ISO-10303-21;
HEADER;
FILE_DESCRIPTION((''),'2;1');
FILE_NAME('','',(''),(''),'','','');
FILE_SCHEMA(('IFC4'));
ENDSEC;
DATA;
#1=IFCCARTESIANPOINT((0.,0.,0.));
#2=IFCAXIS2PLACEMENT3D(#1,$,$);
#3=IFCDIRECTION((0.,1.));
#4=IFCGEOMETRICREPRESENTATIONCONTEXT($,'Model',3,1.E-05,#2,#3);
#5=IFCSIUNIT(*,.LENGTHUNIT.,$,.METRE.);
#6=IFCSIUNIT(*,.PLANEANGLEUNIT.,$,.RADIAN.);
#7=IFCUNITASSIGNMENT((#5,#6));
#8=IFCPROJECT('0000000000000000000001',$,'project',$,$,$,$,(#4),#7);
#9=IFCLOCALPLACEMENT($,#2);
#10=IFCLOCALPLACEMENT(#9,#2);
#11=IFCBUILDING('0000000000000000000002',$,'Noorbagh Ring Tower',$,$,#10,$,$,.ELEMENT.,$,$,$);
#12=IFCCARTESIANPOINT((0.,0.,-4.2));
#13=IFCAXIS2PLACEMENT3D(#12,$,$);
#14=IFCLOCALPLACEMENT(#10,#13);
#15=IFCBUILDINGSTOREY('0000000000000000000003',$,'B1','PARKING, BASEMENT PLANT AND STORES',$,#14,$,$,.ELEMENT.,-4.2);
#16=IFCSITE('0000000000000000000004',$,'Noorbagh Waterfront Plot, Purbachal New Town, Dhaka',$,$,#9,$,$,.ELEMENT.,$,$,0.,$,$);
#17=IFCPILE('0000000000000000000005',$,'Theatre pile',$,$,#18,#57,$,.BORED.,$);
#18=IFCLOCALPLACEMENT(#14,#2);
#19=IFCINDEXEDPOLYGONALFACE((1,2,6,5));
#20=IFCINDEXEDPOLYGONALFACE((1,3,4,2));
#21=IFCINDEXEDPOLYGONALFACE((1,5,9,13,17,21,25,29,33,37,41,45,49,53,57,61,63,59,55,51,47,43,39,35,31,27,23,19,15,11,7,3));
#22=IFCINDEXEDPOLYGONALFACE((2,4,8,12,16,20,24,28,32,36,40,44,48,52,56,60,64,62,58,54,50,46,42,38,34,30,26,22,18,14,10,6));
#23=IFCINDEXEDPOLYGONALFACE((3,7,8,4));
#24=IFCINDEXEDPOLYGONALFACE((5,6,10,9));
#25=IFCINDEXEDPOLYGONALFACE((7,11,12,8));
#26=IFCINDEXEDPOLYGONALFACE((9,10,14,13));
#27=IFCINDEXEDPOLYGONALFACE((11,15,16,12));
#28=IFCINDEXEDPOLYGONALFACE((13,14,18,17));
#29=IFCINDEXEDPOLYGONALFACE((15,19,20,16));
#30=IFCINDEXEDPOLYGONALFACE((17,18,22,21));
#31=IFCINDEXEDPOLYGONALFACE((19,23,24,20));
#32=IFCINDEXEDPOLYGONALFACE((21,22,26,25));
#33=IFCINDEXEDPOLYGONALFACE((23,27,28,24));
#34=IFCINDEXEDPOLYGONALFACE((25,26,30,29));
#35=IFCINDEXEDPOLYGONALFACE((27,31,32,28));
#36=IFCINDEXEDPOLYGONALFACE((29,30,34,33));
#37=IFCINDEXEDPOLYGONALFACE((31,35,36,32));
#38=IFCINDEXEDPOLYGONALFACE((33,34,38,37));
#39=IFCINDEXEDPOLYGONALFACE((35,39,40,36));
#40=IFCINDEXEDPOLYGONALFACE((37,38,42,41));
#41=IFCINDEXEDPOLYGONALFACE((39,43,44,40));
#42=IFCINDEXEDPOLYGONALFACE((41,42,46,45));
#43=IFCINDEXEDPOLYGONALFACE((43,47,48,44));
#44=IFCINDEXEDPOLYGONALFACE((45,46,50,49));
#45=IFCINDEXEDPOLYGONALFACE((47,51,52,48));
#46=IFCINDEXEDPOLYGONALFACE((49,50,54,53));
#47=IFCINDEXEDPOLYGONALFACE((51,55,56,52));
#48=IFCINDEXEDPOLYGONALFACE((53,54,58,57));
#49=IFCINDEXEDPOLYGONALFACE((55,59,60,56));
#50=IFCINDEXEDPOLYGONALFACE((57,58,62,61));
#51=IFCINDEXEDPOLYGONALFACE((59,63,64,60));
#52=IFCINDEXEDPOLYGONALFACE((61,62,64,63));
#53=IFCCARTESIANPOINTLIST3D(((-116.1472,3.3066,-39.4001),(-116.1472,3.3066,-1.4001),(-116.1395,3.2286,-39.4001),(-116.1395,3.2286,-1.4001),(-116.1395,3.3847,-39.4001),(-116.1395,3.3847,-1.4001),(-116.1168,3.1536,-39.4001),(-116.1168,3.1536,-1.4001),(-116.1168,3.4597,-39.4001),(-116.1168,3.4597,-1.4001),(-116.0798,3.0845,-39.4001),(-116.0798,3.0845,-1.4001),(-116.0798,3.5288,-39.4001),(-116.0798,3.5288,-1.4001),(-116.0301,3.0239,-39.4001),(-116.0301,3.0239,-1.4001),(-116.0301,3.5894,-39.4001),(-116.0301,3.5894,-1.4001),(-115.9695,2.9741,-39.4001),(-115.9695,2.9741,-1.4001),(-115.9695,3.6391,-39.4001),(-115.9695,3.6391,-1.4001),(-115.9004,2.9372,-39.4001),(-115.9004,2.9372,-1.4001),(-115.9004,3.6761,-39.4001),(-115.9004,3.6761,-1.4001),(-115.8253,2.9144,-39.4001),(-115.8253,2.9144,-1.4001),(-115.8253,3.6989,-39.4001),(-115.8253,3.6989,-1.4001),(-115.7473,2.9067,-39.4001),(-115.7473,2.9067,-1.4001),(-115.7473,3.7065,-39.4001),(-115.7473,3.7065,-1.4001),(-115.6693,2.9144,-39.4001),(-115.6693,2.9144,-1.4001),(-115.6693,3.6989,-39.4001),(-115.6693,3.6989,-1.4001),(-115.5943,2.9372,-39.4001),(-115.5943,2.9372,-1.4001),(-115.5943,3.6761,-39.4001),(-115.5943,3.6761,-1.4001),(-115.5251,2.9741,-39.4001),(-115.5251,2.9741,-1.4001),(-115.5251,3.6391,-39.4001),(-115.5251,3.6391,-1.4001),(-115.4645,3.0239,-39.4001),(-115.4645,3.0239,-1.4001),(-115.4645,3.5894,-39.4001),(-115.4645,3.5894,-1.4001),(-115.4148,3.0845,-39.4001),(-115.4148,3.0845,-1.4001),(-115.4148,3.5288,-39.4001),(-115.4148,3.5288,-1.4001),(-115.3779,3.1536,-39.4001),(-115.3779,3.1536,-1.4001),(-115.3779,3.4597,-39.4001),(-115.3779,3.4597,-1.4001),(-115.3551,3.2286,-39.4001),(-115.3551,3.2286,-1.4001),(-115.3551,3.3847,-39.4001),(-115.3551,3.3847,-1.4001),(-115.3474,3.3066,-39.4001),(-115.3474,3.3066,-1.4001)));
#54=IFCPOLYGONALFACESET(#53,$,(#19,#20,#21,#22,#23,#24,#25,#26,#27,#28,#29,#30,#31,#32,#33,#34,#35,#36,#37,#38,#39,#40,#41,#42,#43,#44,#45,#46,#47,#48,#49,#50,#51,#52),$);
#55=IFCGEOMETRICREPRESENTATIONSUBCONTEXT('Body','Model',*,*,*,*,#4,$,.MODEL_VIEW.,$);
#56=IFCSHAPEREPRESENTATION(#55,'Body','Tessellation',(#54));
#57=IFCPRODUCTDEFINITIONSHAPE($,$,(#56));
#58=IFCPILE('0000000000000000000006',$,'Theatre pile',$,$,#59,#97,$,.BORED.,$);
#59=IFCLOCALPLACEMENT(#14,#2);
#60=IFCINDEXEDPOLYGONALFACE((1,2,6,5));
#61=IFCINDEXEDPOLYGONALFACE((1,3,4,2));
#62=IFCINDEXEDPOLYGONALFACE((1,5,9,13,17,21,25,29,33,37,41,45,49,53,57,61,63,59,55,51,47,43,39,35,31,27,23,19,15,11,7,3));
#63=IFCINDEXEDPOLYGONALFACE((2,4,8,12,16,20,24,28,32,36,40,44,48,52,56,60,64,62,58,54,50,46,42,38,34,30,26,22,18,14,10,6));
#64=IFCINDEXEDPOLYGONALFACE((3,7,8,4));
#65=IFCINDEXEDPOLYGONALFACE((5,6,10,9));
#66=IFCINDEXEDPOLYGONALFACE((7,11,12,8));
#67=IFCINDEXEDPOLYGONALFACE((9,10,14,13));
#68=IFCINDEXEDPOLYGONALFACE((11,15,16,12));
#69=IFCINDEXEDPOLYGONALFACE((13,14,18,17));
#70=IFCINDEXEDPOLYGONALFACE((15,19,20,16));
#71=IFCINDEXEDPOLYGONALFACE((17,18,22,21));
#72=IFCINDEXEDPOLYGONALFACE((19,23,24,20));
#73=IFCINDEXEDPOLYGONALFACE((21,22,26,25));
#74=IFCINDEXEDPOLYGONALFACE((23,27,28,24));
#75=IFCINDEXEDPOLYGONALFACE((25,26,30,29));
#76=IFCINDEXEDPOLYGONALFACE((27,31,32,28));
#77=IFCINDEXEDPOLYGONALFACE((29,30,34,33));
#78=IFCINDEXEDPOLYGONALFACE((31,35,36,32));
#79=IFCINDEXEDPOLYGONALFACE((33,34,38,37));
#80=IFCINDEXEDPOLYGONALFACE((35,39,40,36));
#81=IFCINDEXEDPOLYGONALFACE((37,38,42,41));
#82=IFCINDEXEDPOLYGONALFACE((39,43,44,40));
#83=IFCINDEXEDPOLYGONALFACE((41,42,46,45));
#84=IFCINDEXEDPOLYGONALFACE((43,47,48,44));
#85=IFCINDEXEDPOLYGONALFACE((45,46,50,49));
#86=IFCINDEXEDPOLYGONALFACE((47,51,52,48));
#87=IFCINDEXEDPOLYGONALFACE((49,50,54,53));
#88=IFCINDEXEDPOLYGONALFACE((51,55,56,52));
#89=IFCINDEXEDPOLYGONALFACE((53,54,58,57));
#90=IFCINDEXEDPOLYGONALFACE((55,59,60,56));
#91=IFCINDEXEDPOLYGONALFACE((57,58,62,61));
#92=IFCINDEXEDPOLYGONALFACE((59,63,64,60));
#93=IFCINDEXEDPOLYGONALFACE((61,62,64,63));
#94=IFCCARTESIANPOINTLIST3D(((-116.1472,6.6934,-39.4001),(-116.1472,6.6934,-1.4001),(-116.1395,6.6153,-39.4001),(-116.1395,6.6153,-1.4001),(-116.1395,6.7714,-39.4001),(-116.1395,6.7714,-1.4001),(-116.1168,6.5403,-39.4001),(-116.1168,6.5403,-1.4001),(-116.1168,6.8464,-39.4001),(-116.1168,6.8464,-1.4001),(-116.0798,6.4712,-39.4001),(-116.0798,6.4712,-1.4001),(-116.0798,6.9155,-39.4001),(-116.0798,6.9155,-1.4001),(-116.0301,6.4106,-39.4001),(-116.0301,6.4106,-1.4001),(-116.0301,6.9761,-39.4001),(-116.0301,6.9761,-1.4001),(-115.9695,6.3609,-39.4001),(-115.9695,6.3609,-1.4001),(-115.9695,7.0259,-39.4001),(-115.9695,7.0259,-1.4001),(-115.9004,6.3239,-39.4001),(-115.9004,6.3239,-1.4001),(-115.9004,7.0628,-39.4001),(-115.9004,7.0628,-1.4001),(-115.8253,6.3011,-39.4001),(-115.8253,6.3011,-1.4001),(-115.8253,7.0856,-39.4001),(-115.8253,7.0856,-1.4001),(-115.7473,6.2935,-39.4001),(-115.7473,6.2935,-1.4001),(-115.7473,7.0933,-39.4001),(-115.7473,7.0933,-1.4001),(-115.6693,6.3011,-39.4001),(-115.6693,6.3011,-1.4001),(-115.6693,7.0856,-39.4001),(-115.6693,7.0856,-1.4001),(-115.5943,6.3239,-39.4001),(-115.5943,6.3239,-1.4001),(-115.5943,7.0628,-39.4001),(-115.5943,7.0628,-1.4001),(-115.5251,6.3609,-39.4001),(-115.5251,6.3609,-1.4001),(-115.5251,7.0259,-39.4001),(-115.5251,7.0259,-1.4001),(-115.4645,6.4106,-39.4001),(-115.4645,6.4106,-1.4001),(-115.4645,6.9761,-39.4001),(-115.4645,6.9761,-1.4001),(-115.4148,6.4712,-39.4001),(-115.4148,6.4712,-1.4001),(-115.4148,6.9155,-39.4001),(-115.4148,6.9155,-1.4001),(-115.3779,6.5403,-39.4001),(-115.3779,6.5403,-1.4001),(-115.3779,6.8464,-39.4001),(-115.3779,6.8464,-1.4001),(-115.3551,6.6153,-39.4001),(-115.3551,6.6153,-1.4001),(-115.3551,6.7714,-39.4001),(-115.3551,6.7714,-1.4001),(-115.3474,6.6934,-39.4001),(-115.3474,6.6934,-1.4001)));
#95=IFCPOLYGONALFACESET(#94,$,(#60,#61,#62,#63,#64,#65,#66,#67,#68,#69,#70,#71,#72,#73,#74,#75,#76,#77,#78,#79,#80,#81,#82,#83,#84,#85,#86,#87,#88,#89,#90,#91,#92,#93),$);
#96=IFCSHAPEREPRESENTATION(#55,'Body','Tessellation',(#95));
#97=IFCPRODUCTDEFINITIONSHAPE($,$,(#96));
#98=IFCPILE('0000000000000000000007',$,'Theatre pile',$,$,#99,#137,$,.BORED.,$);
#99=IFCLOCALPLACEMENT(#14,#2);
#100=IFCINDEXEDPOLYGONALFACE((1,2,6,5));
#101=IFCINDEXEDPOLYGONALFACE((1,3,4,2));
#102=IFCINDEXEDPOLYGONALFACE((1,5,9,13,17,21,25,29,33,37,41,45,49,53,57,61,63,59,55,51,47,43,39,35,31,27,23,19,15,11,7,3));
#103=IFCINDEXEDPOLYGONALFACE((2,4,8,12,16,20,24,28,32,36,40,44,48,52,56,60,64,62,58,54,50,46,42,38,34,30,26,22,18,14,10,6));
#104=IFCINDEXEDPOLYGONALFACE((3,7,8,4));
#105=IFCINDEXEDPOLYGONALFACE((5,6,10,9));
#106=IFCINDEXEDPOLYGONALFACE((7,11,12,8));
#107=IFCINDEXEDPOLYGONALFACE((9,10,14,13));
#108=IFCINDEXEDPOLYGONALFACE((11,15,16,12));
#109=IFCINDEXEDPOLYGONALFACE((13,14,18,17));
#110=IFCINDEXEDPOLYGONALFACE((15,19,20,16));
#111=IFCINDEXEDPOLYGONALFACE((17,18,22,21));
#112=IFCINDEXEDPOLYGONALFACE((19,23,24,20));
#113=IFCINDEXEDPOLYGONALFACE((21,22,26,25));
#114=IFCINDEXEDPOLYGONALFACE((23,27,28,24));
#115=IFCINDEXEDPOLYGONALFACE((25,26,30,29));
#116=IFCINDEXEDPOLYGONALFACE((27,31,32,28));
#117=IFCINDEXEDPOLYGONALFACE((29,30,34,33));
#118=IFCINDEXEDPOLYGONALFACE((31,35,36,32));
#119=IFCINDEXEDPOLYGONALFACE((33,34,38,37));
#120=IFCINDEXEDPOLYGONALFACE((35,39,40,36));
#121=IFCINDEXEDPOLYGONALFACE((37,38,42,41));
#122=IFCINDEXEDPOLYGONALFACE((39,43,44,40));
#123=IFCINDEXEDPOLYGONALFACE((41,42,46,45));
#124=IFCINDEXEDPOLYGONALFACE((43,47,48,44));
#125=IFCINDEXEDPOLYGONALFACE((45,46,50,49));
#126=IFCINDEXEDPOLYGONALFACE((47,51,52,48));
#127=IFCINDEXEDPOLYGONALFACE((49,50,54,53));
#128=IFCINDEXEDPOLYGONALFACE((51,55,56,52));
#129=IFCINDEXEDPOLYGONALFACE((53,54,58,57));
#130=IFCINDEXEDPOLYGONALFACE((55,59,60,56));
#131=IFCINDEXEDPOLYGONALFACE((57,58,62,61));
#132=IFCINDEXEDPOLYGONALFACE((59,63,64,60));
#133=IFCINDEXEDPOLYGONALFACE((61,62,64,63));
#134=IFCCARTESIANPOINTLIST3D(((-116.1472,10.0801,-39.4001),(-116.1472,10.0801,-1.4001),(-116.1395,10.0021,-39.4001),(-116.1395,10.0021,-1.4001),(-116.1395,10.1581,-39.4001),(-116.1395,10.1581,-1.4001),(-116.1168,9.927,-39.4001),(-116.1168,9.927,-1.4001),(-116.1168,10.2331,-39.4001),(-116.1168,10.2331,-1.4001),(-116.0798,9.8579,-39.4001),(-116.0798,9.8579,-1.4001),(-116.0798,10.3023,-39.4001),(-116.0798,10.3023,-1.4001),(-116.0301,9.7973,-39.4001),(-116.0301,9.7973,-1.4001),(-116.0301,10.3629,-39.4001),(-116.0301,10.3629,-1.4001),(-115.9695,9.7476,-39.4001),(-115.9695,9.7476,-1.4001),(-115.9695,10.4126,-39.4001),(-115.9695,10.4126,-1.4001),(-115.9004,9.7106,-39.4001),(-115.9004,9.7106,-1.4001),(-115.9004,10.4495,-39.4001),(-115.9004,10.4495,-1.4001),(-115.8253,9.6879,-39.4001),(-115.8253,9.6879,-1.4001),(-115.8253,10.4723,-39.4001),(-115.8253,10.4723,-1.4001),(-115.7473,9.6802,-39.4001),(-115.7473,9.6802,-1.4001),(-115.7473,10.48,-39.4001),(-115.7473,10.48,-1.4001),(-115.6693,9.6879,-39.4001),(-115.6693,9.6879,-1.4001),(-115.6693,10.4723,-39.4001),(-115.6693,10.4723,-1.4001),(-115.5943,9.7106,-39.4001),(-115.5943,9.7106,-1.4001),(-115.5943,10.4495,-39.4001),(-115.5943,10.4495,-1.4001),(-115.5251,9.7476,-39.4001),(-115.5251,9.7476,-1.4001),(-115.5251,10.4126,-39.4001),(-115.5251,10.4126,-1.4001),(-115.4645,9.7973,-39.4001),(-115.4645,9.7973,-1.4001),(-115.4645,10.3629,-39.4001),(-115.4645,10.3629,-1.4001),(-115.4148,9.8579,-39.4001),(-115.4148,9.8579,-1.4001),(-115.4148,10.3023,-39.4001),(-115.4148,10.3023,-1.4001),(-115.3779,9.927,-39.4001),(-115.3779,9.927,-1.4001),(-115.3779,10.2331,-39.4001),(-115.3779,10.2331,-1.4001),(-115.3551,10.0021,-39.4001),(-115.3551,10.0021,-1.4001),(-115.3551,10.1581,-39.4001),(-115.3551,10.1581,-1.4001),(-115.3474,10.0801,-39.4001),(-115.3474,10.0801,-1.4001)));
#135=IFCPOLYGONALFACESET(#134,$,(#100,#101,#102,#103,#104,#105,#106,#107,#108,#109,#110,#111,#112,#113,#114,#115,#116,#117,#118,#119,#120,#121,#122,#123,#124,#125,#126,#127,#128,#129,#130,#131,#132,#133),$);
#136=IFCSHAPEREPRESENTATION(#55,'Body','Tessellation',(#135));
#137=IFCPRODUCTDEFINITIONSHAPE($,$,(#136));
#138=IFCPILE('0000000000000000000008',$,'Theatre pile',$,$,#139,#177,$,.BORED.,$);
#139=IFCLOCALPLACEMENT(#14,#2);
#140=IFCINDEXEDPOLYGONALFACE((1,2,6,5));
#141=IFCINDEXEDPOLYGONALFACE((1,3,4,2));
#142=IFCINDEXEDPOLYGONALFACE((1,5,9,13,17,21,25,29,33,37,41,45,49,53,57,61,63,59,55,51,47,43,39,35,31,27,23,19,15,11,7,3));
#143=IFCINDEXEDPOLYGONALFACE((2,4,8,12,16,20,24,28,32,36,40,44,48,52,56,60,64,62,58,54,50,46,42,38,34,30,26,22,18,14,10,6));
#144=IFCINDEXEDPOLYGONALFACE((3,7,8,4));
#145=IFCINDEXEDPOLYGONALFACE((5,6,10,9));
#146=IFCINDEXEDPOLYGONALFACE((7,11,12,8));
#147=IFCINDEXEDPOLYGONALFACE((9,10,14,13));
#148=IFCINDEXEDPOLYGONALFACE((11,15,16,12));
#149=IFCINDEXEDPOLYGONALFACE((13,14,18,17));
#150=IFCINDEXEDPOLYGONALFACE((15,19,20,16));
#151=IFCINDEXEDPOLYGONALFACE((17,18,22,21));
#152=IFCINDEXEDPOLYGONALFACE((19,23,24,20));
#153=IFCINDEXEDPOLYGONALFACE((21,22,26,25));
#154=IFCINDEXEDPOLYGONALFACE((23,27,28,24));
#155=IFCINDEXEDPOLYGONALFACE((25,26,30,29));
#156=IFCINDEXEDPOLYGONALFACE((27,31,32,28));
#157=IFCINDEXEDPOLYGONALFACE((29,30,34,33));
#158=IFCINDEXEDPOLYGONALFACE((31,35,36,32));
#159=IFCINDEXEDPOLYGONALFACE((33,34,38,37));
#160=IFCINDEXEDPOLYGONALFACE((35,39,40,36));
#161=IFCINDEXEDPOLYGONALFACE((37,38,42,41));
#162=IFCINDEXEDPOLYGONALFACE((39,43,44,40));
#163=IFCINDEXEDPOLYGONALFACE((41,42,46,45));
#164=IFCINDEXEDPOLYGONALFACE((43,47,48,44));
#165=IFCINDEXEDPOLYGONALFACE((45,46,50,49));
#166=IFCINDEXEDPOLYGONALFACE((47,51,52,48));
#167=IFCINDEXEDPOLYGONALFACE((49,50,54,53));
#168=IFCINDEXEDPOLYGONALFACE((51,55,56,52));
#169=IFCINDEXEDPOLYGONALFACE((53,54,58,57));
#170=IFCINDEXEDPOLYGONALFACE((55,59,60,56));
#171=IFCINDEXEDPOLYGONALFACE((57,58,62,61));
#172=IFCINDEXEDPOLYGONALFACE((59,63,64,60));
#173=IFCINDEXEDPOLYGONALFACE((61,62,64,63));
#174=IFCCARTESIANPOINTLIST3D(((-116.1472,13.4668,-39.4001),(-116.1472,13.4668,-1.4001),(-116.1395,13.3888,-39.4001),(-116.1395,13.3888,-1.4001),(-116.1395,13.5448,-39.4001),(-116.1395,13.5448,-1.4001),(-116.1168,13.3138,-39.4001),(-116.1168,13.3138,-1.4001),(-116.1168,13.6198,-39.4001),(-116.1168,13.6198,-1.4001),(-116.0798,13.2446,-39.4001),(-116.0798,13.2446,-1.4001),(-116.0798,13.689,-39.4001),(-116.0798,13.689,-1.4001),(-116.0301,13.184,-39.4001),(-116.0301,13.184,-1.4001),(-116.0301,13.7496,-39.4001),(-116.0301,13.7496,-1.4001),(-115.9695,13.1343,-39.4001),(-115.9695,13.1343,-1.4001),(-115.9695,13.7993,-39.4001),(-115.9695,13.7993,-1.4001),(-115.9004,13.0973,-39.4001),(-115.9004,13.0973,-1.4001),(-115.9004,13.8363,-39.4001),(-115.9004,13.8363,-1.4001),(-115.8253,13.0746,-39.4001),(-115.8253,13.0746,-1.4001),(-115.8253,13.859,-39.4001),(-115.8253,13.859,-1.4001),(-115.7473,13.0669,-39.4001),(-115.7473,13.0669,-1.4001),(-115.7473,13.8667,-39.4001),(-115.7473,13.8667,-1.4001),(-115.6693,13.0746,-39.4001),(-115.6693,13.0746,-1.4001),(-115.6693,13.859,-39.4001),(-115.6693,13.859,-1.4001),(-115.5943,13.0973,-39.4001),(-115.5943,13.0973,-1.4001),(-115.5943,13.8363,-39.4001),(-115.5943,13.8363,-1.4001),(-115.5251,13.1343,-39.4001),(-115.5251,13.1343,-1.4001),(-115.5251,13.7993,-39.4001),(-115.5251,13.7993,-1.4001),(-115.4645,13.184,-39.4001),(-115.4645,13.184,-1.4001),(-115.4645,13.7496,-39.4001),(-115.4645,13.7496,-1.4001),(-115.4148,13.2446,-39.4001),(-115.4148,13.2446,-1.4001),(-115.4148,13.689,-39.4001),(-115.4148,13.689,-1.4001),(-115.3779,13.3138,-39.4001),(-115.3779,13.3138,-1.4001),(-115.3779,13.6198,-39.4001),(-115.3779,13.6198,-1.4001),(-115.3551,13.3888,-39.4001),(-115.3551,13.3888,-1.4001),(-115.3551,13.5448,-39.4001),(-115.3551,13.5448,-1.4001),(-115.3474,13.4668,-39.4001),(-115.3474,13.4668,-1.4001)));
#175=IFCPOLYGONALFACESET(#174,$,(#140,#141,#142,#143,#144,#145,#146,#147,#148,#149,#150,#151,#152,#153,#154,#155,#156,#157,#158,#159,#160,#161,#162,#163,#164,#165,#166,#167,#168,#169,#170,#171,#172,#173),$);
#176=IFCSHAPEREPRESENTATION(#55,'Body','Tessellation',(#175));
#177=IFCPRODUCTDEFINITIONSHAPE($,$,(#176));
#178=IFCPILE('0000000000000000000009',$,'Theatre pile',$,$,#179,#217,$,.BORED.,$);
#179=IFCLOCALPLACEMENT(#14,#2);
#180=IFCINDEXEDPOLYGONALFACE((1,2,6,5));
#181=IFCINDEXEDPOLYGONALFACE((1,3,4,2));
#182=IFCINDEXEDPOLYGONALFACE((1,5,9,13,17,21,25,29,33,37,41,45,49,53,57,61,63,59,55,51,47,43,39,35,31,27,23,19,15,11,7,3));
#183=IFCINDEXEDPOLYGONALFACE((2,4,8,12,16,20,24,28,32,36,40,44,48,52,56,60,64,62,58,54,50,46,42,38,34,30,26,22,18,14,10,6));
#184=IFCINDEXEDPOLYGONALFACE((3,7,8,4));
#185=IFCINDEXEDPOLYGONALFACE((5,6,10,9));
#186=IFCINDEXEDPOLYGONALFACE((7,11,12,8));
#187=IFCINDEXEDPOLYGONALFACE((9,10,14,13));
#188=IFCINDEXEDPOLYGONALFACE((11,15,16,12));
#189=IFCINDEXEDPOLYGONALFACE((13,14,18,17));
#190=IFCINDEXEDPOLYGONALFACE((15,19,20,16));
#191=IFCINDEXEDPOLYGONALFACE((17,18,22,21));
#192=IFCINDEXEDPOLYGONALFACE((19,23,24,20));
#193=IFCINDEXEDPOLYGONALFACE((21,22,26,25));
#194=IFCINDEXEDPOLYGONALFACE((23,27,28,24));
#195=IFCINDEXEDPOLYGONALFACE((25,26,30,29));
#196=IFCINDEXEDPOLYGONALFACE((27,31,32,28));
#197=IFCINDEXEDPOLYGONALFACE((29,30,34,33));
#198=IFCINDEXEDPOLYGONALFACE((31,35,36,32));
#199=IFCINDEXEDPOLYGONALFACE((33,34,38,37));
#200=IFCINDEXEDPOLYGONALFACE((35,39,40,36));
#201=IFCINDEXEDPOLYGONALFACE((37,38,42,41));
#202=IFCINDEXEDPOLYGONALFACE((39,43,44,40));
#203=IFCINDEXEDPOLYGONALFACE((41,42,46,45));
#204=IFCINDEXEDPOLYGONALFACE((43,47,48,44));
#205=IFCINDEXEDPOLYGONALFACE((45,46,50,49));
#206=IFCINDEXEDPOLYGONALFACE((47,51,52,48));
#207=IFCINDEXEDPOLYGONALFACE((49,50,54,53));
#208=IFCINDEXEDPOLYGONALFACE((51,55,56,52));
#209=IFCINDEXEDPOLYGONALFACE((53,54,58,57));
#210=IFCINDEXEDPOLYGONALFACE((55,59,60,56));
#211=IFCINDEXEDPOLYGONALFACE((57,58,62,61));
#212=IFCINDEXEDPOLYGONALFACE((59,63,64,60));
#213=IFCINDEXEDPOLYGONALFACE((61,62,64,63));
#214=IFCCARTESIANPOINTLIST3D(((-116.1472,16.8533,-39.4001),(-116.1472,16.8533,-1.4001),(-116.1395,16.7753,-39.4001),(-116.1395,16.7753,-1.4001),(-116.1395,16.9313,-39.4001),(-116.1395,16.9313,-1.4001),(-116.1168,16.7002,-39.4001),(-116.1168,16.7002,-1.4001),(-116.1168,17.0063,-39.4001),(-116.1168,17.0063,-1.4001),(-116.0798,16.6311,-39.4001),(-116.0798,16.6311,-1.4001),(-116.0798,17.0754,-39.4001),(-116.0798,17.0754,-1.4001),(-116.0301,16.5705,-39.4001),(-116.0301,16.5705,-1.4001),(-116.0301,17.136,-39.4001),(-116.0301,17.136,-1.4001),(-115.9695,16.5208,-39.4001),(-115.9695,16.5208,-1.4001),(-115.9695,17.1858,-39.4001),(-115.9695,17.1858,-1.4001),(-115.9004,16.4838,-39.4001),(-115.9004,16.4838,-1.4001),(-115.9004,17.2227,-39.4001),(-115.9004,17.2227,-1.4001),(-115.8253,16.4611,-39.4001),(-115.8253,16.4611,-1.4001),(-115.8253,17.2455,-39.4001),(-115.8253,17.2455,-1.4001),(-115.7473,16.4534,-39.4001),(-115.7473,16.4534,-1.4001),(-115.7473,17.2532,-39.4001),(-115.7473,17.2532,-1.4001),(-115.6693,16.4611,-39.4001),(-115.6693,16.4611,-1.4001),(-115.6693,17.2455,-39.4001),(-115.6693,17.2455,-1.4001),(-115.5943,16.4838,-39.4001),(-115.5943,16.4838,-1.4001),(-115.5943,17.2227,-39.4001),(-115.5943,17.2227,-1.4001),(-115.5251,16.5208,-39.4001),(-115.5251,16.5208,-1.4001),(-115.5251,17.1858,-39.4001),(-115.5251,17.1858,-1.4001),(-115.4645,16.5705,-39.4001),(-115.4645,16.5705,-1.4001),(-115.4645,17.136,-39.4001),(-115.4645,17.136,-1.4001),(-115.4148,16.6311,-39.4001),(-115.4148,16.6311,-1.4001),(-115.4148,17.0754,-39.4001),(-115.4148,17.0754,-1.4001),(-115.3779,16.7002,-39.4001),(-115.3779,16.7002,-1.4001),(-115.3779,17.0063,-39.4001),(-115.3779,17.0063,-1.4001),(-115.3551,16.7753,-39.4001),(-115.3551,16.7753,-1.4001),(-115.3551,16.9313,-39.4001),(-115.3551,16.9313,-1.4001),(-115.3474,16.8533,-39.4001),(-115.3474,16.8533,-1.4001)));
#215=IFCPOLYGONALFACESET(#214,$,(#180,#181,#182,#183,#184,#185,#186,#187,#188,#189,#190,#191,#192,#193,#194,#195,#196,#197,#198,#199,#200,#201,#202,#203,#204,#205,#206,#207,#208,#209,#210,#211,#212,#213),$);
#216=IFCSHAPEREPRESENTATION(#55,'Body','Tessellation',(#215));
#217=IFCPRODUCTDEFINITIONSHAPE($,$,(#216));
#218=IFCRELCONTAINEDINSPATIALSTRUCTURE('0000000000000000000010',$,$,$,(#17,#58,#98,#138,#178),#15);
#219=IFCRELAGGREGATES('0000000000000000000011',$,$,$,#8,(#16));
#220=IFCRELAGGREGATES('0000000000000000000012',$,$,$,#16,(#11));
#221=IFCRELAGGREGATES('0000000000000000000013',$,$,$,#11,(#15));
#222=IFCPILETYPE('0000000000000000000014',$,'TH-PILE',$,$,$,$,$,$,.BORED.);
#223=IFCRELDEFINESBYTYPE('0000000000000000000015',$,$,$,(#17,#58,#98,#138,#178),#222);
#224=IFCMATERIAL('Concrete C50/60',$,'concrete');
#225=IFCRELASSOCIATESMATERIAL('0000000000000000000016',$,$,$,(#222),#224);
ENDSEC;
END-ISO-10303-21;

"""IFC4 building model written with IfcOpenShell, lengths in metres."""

from ifc_helpers import new_model, si_unit, direction, frame, origin, origin_2d, place, context, subcontext, project, spatial, circle, extrude, material, material_profile, profile_set, type_object, element, save


model = new_model("IFC4")

# Units and contexts
model_context = context("Model", 3, precision=1e-05, world=origin(), true_north=direction((0.0, 1.0)))
body_context = subcontext(model_context, "Body", "Model", "MODEL_VIEW")
ifc_project = project(units=[si_unit("LENGTHUNIT", "METRE"), si_unit("PLANEANGLEUNIT", "RADIAN")], contexts=[model_context])

# Site, building, storey
site_placement = place(None, origin())
site = spatial("IfcSite", under=ifc_project, at=site_placement, Name="Noorbagh Waterfront Plot, Purbachal New Town, Dhaka", CompositionType="ELEMENT", RefElevation=0.0)
building_placement = place(site_placement, origin())
building = spatial("IfcBuilding", under=site, at=building_placement, Name="Noorbagh Ring Tower", CompositionType="ELEMENT")
storey_placement = place(building_placement, frame((0.0, 0.0, -4.2)))
storey = spatial("IfcBuildingStorey", under=building, at=storey_placement, Name="B1", Description="PARKING, BASEMENT PLANT AND STORES", CompositionType="ELEMENT", Elevation=-4.2)

# Piles
ifc_material_1 = material(Name="Concrete C50/60", Category="concrete")
ifc_material_profile = material_profile(ifc_material_1, circle(Radius=0.3999, at=origin_2d()), Name="PILE800")
ifc_profile_set = profile_set([ifc_material_profile], Name="Concrete C50/60")
pile_type = type_object("IfcPileType", Name="TH-PILE", PredefinedType="BORED", material=ifc_profile_set)
for number, where, z_axis, x_axis, name in (
    (1, (-115.7473, 3.3066, -1.4001), (0.0, 0.0, -1.0), (1.0, 0.0, 0.0), "Theatre pile"),
    (2, (-115.7473, 6.6934, -1.4001), (0.0, 0.0, -1.0), (1.0, 0.0, 0.0), "Theatre pile"),
    (3, (-115.7473, 10.0801, -1.4001), (0.0, 0.0, -1.0), (1.0, 0.0, 0.0), "Theatre pile"),
    (4, (-115.7473, 13.4668, -1.4001), (0.0, 0.0, -1.0), (1.0, 0.0, 0.0), "Theatre pile"),
    (5, (-115.7473, 16.8533, -1.4001), (0.0, 0.0, -1.0), (1.0, 0.0, 0.0), "Theatre pile"),
):
    element("IfcPile", number, at=place(storey_placement, frame(where, z_axis=z_axis, x_axis=x_axis)), inside=storey, type_object=pile_type, Name=name, PredefinedType="BORED", context=body_context, shape_type="SweptSolid", body=[
        extrude(circle(Radius=0.3999, at=origin_2d()), origin(), (0.0, 0.0, 1.0), 38.0),
    ])

save(model, "model.ifc")
